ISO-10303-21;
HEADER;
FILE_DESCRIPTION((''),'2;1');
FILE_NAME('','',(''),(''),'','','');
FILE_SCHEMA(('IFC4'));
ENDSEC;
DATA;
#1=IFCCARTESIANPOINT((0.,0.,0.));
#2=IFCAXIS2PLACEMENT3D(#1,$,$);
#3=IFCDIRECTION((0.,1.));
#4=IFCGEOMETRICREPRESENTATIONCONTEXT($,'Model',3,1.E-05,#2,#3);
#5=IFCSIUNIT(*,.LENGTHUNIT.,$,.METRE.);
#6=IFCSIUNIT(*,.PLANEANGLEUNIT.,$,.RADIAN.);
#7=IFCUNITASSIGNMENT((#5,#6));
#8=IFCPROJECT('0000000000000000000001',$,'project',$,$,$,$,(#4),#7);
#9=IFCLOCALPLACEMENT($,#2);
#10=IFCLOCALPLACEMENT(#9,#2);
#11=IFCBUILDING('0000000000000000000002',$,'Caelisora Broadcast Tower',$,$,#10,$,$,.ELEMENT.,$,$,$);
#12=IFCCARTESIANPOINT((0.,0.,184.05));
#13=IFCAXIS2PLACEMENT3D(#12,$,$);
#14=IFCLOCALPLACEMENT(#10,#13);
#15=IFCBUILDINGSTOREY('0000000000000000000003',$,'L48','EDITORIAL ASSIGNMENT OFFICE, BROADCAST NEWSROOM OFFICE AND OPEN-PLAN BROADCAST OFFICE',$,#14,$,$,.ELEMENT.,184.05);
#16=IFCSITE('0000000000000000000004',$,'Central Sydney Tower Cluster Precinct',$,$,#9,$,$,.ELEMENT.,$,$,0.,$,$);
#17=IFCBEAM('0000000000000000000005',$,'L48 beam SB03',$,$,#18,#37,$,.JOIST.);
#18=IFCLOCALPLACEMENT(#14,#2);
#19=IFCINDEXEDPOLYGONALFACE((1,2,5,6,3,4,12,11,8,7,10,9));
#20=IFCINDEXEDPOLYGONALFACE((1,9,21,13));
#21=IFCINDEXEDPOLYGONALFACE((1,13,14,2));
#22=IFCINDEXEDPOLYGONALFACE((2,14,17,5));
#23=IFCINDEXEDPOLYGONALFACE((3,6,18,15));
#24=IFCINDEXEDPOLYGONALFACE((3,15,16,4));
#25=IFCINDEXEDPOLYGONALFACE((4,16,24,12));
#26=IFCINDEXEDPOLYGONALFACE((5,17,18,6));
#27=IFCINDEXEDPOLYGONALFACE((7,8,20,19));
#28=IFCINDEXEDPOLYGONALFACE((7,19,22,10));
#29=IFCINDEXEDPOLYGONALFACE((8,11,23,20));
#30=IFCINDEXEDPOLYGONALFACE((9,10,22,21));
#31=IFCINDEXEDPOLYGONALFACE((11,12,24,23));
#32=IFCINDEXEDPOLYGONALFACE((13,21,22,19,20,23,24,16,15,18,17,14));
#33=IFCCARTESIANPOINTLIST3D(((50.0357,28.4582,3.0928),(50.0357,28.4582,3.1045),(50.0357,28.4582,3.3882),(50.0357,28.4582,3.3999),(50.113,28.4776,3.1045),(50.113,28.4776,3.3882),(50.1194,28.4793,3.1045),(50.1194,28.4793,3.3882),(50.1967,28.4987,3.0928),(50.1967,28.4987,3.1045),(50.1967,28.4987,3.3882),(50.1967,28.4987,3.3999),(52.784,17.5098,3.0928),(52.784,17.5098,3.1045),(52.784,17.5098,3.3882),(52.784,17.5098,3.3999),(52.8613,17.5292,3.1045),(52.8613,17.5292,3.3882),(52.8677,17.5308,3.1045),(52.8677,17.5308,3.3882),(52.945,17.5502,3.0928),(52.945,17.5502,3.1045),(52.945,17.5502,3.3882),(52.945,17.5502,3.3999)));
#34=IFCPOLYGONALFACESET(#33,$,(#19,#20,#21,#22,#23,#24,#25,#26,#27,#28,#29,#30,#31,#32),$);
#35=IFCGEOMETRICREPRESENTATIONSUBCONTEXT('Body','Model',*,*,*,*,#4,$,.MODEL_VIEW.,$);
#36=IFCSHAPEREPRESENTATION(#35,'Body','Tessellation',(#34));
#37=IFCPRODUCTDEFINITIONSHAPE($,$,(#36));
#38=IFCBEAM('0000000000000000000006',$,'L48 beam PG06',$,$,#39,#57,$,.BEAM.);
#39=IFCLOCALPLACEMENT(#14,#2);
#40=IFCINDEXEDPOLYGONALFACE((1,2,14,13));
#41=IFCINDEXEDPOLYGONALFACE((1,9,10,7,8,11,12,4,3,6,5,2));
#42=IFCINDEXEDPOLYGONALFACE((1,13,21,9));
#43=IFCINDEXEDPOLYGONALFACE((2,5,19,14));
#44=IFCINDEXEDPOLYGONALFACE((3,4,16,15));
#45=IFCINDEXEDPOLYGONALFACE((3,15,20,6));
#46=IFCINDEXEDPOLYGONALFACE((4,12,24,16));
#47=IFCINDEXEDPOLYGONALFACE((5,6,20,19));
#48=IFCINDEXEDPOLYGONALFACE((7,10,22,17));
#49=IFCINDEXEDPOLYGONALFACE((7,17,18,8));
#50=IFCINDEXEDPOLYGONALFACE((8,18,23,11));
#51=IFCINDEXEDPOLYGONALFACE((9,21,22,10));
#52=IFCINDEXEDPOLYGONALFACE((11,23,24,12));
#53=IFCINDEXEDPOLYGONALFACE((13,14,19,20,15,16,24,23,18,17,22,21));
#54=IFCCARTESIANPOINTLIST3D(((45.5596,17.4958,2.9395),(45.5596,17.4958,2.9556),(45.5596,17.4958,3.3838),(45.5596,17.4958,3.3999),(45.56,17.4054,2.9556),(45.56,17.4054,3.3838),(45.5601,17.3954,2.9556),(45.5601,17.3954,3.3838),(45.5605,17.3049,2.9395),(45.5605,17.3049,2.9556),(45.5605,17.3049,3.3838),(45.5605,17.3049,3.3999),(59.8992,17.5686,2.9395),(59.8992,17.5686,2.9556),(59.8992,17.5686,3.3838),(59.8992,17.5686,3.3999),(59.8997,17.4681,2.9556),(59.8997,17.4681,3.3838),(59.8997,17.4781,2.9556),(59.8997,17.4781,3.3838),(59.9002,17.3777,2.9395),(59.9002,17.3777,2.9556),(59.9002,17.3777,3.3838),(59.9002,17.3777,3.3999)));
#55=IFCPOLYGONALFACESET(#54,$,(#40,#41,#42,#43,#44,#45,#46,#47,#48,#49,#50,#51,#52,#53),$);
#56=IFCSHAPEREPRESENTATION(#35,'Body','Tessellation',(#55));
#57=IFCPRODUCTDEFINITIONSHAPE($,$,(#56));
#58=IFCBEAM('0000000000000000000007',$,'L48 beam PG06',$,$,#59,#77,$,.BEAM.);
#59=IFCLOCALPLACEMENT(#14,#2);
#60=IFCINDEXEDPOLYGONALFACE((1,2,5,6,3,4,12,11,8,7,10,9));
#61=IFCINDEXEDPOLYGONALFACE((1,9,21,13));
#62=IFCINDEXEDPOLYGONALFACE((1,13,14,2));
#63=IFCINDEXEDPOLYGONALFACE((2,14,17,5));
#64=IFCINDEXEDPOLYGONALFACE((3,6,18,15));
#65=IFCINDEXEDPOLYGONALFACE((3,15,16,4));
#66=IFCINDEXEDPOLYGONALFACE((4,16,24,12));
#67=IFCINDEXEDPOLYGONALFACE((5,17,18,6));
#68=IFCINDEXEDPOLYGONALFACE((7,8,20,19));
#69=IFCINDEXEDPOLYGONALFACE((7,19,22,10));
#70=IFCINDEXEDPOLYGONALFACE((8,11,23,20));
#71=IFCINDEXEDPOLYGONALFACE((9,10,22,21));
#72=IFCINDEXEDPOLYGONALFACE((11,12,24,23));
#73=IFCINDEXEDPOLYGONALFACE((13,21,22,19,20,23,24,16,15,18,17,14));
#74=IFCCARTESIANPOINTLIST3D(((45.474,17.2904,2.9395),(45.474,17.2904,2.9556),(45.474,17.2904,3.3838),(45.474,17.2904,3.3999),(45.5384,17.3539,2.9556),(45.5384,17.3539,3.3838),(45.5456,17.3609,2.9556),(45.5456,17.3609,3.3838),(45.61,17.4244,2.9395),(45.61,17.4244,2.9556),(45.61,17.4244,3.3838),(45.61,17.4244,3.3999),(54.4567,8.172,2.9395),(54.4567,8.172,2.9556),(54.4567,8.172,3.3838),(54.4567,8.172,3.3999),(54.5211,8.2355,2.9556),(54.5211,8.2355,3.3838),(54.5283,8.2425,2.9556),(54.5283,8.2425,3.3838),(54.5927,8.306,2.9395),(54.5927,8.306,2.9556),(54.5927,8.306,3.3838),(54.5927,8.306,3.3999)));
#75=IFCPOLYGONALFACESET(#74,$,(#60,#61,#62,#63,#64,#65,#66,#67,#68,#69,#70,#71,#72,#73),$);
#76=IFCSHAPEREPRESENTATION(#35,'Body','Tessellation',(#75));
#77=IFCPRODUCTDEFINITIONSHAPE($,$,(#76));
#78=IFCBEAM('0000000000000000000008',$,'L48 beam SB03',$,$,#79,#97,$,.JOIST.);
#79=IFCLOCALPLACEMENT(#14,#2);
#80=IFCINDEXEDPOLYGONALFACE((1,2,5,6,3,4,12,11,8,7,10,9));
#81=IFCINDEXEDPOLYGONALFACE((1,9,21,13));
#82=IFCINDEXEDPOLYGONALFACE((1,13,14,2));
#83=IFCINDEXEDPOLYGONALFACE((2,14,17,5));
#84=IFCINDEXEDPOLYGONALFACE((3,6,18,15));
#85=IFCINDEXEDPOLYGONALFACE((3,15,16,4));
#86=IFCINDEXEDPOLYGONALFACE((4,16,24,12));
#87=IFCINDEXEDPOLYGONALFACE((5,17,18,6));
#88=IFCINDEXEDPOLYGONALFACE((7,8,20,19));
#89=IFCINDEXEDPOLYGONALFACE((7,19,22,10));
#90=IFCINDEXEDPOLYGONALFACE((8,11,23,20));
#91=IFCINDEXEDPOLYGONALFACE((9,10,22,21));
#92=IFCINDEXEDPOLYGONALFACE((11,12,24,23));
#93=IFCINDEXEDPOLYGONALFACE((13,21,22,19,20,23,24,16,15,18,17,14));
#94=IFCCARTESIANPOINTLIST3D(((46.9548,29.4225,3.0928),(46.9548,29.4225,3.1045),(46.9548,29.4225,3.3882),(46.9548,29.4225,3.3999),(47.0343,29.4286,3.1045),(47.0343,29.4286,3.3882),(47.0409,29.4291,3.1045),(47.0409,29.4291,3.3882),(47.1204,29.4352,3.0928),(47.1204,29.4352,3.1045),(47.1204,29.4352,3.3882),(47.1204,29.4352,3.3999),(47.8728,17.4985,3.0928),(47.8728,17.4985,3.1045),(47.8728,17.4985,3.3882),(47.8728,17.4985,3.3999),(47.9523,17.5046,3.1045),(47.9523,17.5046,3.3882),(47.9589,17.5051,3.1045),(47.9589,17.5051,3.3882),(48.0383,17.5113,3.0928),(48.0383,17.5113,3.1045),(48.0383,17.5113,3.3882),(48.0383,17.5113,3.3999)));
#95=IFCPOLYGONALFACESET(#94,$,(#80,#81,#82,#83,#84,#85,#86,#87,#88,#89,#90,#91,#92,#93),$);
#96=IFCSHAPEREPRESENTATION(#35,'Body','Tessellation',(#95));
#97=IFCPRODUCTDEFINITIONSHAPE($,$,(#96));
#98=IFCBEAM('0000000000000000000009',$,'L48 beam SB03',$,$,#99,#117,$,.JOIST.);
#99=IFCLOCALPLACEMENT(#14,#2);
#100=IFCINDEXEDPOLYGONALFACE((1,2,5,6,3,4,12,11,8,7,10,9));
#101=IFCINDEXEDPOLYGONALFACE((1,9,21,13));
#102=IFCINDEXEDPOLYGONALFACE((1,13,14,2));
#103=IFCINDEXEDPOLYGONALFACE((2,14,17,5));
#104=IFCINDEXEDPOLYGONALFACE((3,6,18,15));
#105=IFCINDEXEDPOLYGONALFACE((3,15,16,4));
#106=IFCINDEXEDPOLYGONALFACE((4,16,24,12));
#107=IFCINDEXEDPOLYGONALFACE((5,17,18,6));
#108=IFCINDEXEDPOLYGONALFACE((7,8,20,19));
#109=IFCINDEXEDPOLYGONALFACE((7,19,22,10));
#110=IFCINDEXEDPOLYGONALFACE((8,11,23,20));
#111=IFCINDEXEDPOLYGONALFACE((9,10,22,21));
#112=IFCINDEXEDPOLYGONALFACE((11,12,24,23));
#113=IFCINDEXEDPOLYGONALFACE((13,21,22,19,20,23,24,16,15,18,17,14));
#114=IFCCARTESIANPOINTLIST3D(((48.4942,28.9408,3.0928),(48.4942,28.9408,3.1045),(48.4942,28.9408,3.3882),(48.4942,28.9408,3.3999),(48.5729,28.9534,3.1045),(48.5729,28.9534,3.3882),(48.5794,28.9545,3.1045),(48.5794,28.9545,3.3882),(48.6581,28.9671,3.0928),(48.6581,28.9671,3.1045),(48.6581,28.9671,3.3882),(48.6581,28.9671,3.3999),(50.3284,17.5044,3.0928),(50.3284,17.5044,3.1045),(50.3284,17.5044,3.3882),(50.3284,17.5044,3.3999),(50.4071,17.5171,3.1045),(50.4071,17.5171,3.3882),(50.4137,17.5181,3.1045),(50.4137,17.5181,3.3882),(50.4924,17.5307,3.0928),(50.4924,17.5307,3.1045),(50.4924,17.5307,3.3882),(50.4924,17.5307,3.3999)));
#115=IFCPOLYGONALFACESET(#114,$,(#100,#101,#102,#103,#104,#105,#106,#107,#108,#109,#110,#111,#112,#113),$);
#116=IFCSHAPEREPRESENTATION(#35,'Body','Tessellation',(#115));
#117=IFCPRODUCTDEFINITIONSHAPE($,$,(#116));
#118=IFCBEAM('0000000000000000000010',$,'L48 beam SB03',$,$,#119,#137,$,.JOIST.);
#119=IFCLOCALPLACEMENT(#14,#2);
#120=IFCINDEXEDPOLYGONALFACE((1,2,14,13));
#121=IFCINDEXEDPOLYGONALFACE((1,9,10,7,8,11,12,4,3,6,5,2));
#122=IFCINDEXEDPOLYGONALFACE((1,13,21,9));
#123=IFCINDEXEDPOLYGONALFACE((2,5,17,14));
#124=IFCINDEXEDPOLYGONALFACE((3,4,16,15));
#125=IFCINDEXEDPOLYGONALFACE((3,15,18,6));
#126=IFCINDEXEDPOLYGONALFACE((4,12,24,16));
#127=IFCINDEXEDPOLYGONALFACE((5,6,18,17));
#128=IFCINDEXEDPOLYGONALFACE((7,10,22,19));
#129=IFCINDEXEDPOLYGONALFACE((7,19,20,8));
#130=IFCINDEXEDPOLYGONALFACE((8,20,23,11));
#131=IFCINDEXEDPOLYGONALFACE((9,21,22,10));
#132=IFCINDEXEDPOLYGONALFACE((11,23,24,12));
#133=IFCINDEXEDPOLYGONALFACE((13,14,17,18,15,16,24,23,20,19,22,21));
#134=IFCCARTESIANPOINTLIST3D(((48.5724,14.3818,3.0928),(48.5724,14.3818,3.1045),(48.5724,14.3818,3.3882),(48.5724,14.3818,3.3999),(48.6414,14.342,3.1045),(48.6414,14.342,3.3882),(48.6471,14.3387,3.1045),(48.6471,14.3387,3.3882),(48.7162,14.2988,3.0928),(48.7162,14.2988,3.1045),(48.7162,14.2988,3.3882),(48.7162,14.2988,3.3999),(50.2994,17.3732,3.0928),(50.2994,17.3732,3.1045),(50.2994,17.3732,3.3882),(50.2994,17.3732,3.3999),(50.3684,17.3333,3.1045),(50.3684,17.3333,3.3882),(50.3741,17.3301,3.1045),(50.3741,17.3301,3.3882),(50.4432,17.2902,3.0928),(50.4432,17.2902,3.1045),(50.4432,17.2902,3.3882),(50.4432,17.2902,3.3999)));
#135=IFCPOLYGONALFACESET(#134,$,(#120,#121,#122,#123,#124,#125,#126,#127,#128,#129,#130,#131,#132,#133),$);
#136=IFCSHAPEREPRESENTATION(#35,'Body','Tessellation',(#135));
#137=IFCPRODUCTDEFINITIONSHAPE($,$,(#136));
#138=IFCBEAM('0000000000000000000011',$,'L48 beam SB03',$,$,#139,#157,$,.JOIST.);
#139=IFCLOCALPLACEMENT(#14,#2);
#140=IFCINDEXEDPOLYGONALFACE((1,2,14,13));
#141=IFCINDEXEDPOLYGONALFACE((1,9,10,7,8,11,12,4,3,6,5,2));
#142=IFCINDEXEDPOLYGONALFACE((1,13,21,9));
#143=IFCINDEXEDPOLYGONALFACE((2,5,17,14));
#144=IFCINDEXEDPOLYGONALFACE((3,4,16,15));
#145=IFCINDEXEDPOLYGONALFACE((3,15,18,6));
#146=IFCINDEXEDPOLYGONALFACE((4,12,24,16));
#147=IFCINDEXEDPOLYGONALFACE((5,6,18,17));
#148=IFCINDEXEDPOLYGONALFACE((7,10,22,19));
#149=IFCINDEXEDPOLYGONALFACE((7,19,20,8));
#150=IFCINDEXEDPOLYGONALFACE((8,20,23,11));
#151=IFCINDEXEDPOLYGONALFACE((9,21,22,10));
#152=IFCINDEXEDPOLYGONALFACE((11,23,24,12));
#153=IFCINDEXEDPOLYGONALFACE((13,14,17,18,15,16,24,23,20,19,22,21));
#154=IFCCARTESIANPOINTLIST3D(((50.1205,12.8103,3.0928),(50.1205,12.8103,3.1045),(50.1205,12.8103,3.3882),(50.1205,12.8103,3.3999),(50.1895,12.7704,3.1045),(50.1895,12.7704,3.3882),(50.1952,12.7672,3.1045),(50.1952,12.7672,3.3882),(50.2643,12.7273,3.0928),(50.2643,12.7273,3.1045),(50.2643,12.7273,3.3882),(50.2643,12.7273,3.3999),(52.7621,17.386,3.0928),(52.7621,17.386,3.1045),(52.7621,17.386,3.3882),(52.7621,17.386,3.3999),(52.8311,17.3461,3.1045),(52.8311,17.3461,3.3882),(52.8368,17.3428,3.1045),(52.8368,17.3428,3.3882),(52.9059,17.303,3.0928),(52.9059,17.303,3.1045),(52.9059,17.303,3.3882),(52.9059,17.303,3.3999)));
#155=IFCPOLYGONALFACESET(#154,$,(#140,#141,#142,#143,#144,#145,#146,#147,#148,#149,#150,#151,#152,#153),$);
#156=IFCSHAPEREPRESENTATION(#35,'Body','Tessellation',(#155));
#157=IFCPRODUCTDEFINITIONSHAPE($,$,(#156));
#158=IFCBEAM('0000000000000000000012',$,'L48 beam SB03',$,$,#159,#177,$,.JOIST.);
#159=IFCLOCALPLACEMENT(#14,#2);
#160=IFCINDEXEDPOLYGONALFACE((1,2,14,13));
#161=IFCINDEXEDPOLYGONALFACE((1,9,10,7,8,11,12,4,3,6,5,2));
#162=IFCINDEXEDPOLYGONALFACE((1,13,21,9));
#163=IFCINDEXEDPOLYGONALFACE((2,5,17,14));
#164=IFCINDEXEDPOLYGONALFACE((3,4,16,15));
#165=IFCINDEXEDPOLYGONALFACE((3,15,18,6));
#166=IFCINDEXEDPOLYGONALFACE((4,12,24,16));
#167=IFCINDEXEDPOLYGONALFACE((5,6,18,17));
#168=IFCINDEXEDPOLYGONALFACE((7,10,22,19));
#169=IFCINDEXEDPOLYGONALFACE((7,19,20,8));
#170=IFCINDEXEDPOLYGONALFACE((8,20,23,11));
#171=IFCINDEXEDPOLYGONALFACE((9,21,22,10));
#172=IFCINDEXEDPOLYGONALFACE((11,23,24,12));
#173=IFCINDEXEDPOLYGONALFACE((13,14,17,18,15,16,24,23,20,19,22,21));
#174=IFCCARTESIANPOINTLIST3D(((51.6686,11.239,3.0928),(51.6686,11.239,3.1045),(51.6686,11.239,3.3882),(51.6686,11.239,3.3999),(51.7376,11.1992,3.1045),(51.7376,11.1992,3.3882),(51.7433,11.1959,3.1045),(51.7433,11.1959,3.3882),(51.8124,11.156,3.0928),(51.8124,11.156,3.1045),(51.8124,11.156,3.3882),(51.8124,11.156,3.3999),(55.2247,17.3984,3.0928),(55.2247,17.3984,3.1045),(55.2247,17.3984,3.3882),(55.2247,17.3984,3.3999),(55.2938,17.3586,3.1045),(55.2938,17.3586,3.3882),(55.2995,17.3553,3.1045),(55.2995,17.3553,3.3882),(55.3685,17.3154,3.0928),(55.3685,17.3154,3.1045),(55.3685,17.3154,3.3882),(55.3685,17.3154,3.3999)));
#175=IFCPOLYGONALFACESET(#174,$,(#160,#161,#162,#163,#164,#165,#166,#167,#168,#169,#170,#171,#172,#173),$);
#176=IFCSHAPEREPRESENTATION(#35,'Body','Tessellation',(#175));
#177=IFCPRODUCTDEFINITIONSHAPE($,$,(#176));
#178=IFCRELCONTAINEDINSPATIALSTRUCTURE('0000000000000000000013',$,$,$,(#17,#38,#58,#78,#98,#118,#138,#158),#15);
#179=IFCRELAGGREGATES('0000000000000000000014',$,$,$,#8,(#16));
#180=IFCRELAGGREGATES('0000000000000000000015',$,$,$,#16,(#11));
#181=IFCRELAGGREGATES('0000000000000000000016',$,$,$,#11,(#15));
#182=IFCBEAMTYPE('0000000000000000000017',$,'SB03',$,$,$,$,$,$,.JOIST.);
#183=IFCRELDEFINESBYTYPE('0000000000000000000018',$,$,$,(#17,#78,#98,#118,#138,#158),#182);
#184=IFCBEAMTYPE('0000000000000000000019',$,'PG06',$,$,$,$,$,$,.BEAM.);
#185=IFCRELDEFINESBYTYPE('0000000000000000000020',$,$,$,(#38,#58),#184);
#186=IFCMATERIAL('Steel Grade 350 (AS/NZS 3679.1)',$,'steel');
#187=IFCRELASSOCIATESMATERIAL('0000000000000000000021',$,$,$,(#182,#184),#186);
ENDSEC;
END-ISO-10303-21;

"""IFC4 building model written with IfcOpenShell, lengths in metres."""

from ifc_helpers import new_model, si_unit, direction, frame, origin, origin_2d, place, context, subcontext, project, spatial, i_section, extrude, source, transform, mapped, material, material_profile, profile_set, type_object, type_shapes, element, save


model = new_model("IFC4")

# Units and contexts
model_context = context("Model", 3, precision=1e-05, world=origin(), true_north=direction((0.0, 1.0)))
body_context = subcontext(model_context, "Body", "Model", "MODEL_VIEW")
ifc_project = project(units=[si_unit("LENGTHUNIT", "METRE"), si_unit("PLANEANGLEUNIT", "RADIAN")], contexts=[model_context])

# Site, building, storey
site_placement = place(None, origin())
site = spatial("IfcSite", under=ifc_project, at=site_placement, Name="Central Sydney Tower Cluster Precinct", CompositionType="ELEMENT", RefElevation=0.0)
building_placement = place(site_placement, origin())
building = spatial("IfcBuilding", under=site, at=building_placement, Name="Caelisora Broadcast Tower", CompositionType="ELEMENT")
storey_placement = place(building_placement, frame((0.0, 0.0, 184.05)))
storey = spatial("IfcBuildingStorey", under=building, at=storey_placement, Name="L48", Description="EDITORIAL ASSIGNMENT OFFICE, BROADCAST NEWSROOM OFFICE AND OPEN-PLAN BROADCAST OFFICE", CompositionType="ELEMENT", Elevation=184.05)

# Beams
ifc_material_1 = material(Name="Steel Grade 350 (AS/NZS 3679.1)", Category="steel")
ifc_material_profile_1 = material_profile(ifc_material_1, i_section(OverallWidth=0.166, OverallDepth=0.3071, WebThickness=0.0066, FlangeThickness=0.0117, at=origin_2d()), Name="Steel Grade 350 (AS/NZS 3679.1)")
ifc_profile_set_1 = profile_set([ifc_material_profile_1], Name="Steel Grade 350 (AS/NZS 3679.1)")
beam_type_1 = type_object("IfcBeamType", Name="SB03", PredefinedType="JOIST", material=ifc_profile_set_1)
shared_shape_1 = source(origin(), body_context, "Body", "SweptSolid", [
    extrude(i_section(OverallWidth=0.166, OverallDepth=0.3071, WebThickness=0.0066, FlangeThickness=0.0117, at=origin_2d()), origin(), (0.0, 0.0, 1.0), 11.2881),
])
beam_1_placement = place(storey_placement, frame((52.8645, 17.53, 3.2463), z_axis=(-0.243467, 0.969909, 0.0), x_axis=(-0.969909, -0.243467, 0.0)))
element("IfcBeam", 1, at=beam_1_placement, inside=storey, type_object=beam_type_1, Name="L48 beam SB03", PredefinedType="JOIST", context=body_context, shape_type="MappedRepresentation", body=[
    mapped(shared_shape_1, transform((0.0, 0.0, 0.0), scale=1.0)),
])
ifc_material_profile_2 = material_profile(ifc_material_1, i_section(OverallWidth=0.1909, OverallDepth=0.4604, WebThickness=0.01, FlangeThickness=0.0161, at=origin_2d()), Name="Steel Grade 350 (AS/NZS 3679.1)")
ifc_profile_set_2 = profile_set([ifc_material_profile_2], Name="Steel Grade 350 (AS/NZS 3679.1)")
beam_type_2 = type_object("IfcBeamType", Name="PG06", PredefinedType="BEAM", material=ifc_profile_set_2)
shared_shape_2 = source(origin(), body_context, "Body", "SweptSolid", [
    extrude(i_section(OverallWidth=0.1909, OverallDepth=0.4604, WebThickness=0.01, FlangeThickness=0.0161, at=origin_2d()), origin(), (0.0, 0.0, 1.0), 14.3398),
])
beam_2_placement = place(storey_placement, frame((45.5601, 17.4004, 3.1697), z_axis=(0.999987, 0.005074, 0.0), x_axis=(-0.005074, 0.999987, 0.0)))
element("IfcBeam", 2, at=beam_2_placement, inside=storey, type_object=beam_type_2, Name="L48 beam PG06", PredefinedType="BEAM", context=body_context, shape_type="MappedRepresentation", body=[
    mapped(shared_shape_2, transform((0.0, 0.0, 0.0), scale=1.0)),
])
shared_shape_3 = source(origin(), body_context, "Body", "SweptSolid", [
    extrude(i_section(OverallWidth=0.1909, OverallDepth=0.4604, WebThickness=0.01, FlangeThickness=0.0161, at=origin_2d()), origin(), (0.0, 0.0, 1.0), 12.7998),
])
type_shapes(beam_type_2, [shared_shape_2, shared_shape_3])
beam_3_placement = place(storey_placement, frame((45.542, 17.3574, 3.1697), z_axis=(0.701784, -0.712389, 0.0), x_axis=(0.712389, 0.701784, 0.0)))
element("IfcBeam", 3, at=beam_3_placement, inside=storey, type_object=beam_type_2, Name="L48 beam PG06", PredefinedType="BEAM", context=body_context, shape_type="MappedRepresentation", body=[
    mapped(shared_shape_3, transform((0.0, 0.0, 0.0), scale=1.0)),
])
shared_shape_4 = source(origin(), body_context, "Body", "SweptSolid", [
    extrude(i_section(OverallWidth=0.166, OverallDepth=0.3071, WebThickness=0.0066, FlangeThickness=0.0117, at=origin_2d()), origin(), (0.0, 0.0, 1.0), 11.9592),
])
beam_4_placement = place(storey_placement, frame((47.9556, 17.5049, 3.2463), z_axis=(-0.076759, 0.99705, 0.0), x_axis=(-0.99705, -0.076759, 0.0)))
element("IfcBeam", 4, at=beam_4_placement, inside=storey, type_object=beam_type_1, Name="L48 beam SB03", PredefinedType="JOIST", context=body_context, shape_type="MappedRepresentation", body=[
    mapped(shared_shape_4, transform((0.0, 0.0, 0.0), scale=1.0)),
])
shared_shape_5 = source(origin(), body_context, "Body", "SweptSolid", [
    extrude(i_section(OverallWidth=0.166, OverallDepth=0.3071, WebThickness=0.0066, FlangeThickness=0.0117, at=origin_2d()), origin(), (0.0, 0.0, 1.0), 11.5825),
])
beam_5_placement = place(storey_placement, frame((50.4104, 17.5176, 3.2463), z_axis=(-0.158363, 0.987381, 0.0), x_axis=(-0.987381, -0.158363, 0.0)))
element("IfcBeam", 5, at=beam_5_placement, inside=storey, type_object=beam_type_1, Name="L48 beam SB03", PredefinedType="JOIST", context=body_context, shape_type="MappedRepresentation", body=[
    mapped(shared_shape_5, transform((0.0, 0.0, 0.0), scale=1.0)),
])
shared_shape_6 = source(origin(), body_context, "Body", "SweptSolid", [
    extrude(i_section(OverallWidth=0.166, OverallDepth=0.3071, WebThickness=0.0066, FlangeThickness=0.0117, at=origin_2d()), origin(), (0.0, 0.0, 1.0), 3.4541),
])
beam_6_placement = place(storey_placement, frame((48.6443, 14.3403, 3.2463), z_axis=(0.499986, 0.866034, 0.0), x_axis=(-0.866034, 0.499986, 0.0)))
element("IfcBeam", 6, at=beam_6_placement, inside=storey, type_object=beam_type_1, Name="L48 beam SB03", PredefinedType="JOIST", context=body_context, shape_type="MappedRepresentation", body=[
    mapped(shared_shape_6, transform((0.0, 0.0, 0.0), scale=1.0)),
])
shared_shape_7 = source(origin(), body_context, "Body", "SweptSolid", [
    extrude(i_section(OverallWidth=0.166, OverallDepth=0.3071, WebThickness=0.0066, FlangeThickness=0.0117, at=origin_2d()), origin(), (0.0, 0.0, 1.0), 5.2834),
])
beam_7_placement = place(storey_placement, frame((50.1924, 12.7688, 3.2463), z_axis=(0.499976, 0.866039, 0.0), x_axis=(-0.866039, 0.499976, 0.0)))
element("IfcBeam", 7, at=beam_7_placement, inside=storey, type_object=beam_type_1, Name="L48 beam SB03", PredefinedType="JOIST", context=body_context, shape_type="MappedRepresentation", body=[
    mapped(shared_shape_7, transform((0.0, 0.0, 0.0), scale=1.0)),
])
shared_shape_8 = source(origin(), body_context, "Body", "SweptSolid", [
    extrude(i_section(OverallWidth=0.166, OverallDepth=0.3071, WebThickness=0.0066, FlangeThickness=0.0117, at=origin_2d()), origin(), (0.0, 0.0, 1.0), 7.1123),
])
type_shapes(beam_type_1, [shared_shape_1, shared_shape_4, shared_shape_5, shared_shape_6, shared_shape_7, shared_shape_8])
beam_8_placement = place(storey_placement, frame((51.7405, 11.1975, 3.2463), z_axis=(0.500001, 0.866025, 0.0), x_axis=(-0.866025, 0.500001, 0.0)))
element("IfcBeam", 8, at=beam_8_placement, inside=storey, type_object=beam_type_1, Name="L48 beam SB03", PredefinedType="JOIST", context=body_context, shape_type="MappedRepresentation", body=[
    mapped(shared_shape_8, transform((0.0, 0.0, 0.0), scale=1.0)),
])

save(model, "model.ifc")
